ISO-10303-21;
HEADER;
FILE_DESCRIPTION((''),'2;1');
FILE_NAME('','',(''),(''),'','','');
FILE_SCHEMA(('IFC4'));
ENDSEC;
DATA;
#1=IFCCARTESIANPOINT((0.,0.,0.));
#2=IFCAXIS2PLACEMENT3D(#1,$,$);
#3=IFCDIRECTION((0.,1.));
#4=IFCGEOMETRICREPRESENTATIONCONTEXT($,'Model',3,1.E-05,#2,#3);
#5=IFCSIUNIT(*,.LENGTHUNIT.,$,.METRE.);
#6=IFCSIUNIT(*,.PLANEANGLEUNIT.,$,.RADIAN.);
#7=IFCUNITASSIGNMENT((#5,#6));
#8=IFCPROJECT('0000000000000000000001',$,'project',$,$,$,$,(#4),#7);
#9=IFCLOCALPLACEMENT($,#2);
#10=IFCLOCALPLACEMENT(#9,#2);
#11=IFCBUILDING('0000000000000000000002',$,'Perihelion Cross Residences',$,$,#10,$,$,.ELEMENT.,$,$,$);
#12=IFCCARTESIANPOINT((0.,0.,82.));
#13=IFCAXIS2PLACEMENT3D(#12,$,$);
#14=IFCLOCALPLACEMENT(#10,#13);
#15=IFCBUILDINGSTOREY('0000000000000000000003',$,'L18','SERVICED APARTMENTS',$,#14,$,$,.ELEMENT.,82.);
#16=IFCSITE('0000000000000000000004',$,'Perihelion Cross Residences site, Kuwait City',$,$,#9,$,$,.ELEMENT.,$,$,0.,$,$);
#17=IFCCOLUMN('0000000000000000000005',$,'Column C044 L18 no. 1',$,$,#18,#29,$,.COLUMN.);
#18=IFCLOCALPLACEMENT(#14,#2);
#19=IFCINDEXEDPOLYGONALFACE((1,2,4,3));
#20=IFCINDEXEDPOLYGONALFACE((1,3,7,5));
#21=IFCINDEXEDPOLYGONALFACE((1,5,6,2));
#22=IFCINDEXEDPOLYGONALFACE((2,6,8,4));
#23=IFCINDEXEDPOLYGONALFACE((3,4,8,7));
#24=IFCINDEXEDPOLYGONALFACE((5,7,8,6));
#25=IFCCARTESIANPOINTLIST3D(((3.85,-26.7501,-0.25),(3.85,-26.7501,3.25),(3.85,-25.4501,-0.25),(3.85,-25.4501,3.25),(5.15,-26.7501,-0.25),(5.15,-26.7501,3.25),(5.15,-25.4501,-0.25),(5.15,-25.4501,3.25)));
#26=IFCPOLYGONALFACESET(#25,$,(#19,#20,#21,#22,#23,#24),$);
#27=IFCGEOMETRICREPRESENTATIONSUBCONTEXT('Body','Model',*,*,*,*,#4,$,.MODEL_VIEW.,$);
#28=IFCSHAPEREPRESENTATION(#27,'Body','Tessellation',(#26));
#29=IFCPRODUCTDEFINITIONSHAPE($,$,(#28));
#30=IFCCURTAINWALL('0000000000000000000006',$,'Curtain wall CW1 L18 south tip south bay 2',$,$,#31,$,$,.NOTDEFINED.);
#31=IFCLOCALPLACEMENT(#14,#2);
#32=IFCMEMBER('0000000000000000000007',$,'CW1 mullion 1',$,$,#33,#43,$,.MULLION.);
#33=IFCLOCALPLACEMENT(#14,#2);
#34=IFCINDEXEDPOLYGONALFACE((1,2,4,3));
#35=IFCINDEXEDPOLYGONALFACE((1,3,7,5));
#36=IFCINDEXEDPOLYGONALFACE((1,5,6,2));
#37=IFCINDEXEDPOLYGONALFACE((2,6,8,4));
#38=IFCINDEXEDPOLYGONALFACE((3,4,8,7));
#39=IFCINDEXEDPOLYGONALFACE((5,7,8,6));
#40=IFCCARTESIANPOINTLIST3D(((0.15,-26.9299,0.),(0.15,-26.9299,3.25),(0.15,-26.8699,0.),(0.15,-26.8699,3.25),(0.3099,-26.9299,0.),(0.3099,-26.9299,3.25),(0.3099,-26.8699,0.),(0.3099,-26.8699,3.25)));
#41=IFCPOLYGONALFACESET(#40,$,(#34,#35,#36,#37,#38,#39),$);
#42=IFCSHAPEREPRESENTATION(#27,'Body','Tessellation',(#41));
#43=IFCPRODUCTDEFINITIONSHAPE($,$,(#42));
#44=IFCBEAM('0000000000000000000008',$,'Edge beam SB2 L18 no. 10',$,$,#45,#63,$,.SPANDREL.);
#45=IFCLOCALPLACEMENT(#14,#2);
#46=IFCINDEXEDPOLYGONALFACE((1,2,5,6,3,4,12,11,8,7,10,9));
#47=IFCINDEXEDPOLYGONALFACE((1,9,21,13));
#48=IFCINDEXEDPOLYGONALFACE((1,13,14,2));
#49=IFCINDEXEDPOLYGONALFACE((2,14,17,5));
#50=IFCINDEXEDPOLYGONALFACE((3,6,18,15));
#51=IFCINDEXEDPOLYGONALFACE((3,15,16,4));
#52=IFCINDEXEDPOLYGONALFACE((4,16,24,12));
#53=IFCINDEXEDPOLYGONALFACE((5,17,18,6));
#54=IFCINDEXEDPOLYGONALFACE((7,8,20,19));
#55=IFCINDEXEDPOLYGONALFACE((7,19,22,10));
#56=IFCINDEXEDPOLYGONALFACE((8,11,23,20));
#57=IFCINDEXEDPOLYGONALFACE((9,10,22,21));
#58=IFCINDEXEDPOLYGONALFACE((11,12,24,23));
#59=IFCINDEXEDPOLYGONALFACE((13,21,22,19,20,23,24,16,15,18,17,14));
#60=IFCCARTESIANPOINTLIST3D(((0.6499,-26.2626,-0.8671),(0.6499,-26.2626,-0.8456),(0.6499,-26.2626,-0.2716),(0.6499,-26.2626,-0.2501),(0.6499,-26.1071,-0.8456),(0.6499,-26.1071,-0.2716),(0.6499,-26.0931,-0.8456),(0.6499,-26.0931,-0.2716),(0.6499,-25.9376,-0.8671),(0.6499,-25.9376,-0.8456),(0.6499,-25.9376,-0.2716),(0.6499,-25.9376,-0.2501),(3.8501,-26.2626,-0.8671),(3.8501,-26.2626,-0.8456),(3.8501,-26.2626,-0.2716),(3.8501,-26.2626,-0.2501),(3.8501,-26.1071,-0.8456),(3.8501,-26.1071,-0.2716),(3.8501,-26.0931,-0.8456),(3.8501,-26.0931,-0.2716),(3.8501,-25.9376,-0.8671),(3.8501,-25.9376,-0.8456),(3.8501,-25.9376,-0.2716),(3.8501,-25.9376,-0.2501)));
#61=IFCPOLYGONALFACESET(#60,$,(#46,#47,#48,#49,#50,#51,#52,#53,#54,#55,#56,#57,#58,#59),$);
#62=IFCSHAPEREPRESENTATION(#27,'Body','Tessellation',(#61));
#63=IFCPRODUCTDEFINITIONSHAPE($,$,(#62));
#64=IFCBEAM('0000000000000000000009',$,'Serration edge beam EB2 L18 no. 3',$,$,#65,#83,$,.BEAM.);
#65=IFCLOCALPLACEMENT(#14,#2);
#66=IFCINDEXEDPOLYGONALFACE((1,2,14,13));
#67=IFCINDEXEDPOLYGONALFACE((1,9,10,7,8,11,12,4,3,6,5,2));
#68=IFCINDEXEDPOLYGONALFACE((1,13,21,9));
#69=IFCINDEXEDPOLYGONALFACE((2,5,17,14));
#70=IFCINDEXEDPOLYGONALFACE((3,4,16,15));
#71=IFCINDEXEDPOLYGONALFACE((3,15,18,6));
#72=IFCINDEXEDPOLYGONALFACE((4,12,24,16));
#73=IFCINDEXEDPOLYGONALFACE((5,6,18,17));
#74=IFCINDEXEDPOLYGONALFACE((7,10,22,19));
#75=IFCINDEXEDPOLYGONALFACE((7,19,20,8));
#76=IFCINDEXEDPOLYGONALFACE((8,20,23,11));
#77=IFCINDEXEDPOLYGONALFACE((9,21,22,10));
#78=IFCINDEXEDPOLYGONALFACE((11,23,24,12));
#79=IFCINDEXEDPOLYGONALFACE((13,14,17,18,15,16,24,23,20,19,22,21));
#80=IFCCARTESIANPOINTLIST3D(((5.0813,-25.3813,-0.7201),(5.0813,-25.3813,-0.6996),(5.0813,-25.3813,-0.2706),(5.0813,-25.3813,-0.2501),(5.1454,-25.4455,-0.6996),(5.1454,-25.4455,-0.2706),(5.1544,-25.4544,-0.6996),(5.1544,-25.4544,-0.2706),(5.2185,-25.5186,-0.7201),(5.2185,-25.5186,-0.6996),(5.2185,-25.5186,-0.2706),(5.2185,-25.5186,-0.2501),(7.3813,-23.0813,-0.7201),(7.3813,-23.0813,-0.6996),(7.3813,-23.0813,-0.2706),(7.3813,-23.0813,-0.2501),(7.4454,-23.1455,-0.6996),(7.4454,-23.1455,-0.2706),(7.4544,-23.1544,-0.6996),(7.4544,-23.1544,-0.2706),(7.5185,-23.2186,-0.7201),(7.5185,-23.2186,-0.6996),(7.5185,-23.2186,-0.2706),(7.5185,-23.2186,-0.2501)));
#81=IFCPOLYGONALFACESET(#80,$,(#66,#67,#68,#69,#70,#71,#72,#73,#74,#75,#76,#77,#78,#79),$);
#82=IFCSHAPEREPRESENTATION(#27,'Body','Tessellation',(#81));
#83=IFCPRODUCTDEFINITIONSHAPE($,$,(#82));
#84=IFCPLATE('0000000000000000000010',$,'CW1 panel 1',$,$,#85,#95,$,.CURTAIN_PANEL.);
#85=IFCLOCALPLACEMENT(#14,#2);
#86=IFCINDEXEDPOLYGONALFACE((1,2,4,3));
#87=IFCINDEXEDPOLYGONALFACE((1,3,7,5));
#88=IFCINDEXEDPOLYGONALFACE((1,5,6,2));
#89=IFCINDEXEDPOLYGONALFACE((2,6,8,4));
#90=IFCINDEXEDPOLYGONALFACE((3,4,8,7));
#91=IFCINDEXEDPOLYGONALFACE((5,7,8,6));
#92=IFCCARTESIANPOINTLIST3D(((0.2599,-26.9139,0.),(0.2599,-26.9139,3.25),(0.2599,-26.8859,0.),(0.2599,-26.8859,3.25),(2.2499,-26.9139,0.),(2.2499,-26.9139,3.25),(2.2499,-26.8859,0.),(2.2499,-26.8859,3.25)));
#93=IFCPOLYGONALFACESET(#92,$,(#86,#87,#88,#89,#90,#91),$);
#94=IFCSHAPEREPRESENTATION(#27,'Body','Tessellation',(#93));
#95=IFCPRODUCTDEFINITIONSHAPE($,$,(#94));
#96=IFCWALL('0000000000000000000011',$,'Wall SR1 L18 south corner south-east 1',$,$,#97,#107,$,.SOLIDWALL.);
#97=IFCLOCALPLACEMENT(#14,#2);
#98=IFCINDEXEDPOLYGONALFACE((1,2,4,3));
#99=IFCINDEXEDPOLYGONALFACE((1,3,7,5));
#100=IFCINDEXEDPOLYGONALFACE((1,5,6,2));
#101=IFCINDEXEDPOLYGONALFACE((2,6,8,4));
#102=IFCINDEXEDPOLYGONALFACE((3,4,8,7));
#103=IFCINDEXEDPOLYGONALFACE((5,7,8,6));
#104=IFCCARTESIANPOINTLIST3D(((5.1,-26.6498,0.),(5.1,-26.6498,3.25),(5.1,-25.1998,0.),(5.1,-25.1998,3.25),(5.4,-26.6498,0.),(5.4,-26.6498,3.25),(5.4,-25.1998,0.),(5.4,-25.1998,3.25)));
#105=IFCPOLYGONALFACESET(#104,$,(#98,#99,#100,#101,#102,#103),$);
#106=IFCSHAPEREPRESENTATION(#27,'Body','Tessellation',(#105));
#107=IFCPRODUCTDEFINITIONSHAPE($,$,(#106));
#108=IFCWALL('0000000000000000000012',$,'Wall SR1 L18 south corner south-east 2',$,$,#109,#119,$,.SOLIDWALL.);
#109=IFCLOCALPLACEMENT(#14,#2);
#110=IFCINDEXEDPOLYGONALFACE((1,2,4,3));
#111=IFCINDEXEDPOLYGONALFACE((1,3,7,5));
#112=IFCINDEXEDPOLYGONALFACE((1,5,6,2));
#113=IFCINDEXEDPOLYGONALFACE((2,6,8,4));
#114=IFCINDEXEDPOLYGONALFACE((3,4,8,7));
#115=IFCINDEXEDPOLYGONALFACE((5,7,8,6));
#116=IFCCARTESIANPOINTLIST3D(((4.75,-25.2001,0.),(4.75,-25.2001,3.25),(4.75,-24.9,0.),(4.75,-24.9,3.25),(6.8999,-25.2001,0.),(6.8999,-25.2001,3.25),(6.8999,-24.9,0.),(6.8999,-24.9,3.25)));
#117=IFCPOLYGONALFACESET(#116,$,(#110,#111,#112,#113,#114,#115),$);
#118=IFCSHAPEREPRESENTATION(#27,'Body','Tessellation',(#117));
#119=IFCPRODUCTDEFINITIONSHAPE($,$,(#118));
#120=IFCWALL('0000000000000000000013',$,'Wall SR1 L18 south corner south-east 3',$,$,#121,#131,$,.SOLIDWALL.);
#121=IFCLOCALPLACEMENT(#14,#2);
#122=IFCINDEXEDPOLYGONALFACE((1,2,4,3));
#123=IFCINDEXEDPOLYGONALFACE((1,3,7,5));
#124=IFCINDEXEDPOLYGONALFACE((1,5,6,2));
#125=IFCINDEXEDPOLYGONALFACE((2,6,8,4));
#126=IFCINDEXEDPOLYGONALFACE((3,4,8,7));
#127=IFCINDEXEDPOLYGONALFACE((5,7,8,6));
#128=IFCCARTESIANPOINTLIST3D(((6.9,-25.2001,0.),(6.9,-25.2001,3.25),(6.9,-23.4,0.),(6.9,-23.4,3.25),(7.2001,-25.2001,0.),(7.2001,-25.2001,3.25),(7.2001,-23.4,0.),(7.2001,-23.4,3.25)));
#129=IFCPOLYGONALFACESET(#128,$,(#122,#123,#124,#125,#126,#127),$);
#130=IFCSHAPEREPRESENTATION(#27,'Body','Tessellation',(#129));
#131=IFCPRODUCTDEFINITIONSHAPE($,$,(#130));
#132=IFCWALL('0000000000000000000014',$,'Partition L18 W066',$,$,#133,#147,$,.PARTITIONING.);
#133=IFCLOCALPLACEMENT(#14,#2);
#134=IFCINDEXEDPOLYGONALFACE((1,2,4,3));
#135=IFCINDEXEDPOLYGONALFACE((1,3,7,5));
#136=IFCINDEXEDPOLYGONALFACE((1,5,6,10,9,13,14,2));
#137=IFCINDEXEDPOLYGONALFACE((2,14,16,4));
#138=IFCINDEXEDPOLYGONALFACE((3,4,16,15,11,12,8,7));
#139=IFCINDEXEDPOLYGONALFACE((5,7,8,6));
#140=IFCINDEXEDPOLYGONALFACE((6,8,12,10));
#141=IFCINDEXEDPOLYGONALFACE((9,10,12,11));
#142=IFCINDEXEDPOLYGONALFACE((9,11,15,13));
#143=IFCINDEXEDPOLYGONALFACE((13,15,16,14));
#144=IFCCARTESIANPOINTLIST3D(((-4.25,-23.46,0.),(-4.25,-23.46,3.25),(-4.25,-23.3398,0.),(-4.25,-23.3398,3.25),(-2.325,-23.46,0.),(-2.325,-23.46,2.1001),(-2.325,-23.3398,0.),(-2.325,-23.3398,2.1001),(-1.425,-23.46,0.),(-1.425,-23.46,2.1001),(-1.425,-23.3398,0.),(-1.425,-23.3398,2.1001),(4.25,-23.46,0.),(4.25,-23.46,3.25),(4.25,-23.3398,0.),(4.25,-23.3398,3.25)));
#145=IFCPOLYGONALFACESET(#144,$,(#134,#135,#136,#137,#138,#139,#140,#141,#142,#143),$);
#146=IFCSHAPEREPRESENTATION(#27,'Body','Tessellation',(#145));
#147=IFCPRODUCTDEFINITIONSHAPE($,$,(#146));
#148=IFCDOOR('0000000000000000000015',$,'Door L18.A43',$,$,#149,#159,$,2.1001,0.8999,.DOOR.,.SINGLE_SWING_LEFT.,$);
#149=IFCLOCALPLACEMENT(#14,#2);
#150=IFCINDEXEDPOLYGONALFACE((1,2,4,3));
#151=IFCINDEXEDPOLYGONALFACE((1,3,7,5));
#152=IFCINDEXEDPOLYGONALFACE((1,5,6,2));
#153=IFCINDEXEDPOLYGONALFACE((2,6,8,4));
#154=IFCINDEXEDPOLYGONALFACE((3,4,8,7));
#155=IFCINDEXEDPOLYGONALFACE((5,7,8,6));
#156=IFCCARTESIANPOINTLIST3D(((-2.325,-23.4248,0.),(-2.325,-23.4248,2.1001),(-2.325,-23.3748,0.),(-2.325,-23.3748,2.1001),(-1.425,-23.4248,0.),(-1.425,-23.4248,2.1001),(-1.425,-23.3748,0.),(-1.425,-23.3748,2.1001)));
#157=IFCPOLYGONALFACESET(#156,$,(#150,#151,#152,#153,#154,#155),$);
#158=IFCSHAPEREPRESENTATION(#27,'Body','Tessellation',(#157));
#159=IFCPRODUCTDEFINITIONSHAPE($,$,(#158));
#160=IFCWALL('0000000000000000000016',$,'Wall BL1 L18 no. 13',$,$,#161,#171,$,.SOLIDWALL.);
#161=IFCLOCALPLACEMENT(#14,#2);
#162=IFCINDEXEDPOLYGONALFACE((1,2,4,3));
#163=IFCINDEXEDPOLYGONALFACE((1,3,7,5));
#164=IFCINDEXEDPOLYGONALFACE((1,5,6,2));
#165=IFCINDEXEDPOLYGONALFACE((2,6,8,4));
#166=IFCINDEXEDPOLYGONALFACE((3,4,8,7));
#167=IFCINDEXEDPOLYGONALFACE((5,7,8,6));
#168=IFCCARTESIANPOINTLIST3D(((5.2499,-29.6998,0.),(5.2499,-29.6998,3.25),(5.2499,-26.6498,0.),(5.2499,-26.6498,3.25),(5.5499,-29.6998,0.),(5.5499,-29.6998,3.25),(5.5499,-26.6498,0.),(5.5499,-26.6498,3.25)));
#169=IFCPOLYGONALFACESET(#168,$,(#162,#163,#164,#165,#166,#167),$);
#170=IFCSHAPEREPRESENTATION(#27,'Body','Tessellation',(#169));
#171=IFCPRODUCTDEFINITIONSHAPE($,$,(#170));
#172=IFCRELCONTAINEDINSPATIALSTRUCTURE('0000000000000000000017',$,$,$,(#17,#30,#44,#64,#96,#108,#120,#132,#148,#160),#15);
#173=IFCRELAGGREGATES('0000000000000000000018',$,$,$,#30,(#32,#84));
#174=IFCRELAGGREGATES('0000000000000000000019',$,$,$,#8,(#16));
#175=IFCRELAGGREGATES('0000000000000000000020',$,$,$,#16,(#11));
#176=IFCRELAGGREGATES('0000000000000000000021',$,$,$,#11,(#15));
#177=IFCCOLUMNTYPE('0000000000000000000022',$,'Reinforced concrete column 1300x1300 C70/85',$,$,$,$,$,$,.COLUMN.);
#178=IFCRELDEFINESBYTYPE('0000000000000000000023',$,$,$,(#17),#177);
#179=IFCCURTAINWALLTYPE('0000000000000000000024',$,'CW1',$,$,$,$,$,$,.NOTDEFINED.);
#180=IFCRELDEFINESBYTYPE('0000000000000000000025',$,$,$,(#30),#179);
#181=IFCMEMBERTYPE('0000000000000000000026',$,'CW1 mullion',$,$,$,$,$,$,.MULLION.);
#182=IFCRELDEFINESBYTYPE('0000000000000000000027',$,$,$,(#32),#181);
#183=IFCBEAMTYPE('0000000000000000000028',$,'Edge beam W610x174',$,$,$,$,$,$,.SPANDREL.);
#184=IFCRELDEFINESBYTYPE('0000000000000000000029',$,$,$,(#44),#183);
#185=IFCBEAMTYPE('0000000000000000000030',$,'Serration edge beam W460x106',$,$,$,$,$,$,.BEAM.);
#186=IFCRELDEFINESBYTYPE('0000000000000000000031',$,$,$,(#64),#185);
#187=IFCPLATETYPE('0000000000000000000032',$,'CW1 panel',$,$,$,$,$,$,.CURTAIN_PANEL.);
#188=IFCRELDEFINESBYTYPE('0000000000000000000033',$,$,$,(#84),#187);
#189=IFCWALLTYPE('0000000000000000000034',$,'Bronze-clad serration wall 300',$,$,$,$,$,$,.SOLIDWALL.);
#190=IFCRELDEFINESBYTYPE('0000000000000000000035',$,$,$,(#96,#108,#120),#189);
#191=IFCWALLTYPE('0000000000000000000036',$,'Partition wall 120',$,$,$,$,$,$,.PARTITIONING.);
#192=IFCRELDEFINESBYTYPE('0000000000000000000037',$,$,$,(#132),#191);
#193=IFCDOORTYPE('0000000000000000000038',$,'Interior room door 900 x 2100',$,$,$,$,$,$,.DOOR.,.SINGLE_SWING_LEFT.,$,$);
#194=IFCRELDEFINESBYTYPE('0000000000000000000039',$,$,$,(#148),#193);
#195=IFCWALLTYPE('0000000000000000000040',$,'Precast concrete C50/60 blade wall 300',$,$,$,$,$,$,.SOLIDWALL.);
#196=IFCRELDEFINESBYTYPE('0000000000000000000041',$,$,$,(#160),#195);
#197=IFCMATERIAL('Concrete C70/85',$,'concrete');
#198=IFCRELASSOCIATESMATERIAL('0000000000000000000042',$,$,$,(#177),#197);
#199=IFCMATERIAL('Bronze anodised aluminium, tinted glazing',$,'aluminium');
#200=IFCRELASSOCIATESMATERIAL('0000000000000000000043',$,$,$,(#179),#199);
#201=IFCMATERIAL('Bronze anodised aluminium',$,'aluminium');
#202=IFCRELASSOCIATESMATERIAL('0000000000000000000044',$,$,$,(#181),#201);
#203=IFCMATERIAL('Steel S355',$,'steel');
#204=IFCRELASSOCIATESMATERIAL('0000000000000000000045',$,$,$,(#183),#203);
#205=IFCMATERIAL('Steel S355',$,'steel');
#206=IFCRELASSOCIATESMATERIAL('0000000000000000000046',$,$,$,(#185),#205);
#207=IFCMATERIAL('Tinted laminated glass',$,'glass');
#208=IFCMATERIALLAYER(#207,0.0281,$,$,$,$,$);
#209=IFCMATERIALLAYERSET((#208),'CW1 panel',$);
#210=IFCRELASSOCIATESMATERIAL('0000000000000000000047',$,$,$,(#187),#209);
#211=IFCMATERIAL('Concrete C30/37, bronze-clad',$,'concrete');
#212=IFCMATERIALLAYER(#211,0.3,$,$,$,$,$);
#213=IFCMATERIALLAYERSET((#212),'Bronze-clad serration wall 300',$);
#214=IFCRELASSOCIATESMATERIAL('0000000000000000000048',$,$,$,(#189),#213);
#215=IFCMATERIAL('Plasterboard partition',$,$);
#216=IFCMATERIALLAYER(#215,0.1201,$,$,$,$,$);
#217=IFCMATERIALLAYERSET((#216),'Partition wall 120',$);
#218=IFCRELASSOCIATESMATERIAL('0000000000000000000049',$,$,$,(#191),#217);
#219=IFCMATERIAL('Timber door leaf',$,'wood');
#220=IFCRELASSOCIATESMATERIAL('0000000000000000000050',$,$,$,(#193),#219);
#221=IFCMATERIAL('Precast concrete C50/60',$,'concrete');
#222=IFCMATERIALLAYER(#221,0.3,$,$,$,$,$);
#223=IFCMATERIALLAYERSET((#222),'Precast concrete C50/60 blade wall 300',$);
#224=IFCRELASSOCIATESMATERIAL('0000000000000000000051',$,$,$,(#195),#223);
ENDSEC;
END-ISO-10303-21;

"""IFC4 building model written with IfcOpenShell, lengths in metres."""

from ifc_helpers import new_model, si_unit, direction, frame, frame_2d, origin, origin_2d, place, context, subcontext, project, spatial, rectangle, i_section, extrude, material, layer, layer_set, material_profile, profile_set, type_object, element, fill, aggregate, save


model = new_model("IFC4")

# Units and contexts
model_context = context("Model", 3, precision=1e-05, world=origin(), true_north=direction((0.0, 1.0)))
body_context = subcontext(model_context, "Body", "Model", "MODEL_VIEW")
ifc_project = project(units=[si_unit("LENGTHUNIT", "METRE"), si_unit("PLANEANGLEUNIT", "RADIAN")], contexts=[model_context])

# Site, building, storey
site_placement = place(None, origin())
site = spatial("IfcSite", under=ifc_project, at=site_placement, Name="Perihelion Cross Residences site, Kuwait City", CompositionType="ELEMENT", RefElevation=0.0)
building_placement = place(site_placement, origin())
building = spatial("IfcBuilding", under=site, at=building_placement, Name="Perihelion Cross Residences", CompositionType="ELEMENT")
storey_placement = place(building_placement, frame((0.0, 0.0, 82.0)))
storey = spatial("IfcBuildingStorey", under=building, at=storey_placement, Name="L18", Description="SERVICED APARTMENTS", CompositionType="ELEMENT", Elevation=82.0)

# Column
ifc_material_1 = material(Name="Concrete C70/85", Category="concrete")
ifc_material_profile_1 = material_profile(ifc_material_1, rectangle(XDim=1.3, YDim=1.3, at=origin_2d()), Name="RC 1300x1300")
ifc_profile_set_1 = profile_set([ifc_material_profile_1], Name="Concrete C70/85")
column_type = type_object("IfcColumnType", Name="Reinforced concrete column 1300x1300 C70/85", PredefinedType="COLUMN", material=ifc_profile_set_1)
column_placement = place(storey_placement, frame((4.5, -26.1001, -0.25), z_axis=(0.0, 0.0, 1.0), x_axis=(1.0, 0.0, 0.0)))
element("IfcColumn", 1, at=column_placement, inside=storey, type_object=column_type, Name="Column C044 L18 no. 1", PredefinedType="COLUMN", context=body_context, shape_type="SweptSolid", body=[
    extrude(rectangle(XDim=1.3, YDim=1.3, at=origin_2d()), origin(), (0.0, 0.0, 1.0), 3.5),
])

# Curtain wall, member
ifc_material_2 = material(Name="Bronze anodised aluminium, tinted glazing", Category="aluminium")
curtain_wall_type = type_object("IfcCurtainWallType", Name="CW1", PredefinedType="NOTDEFINED", material=ifc_material_2)
curtain_wall_placement = place(storey_placement, origin())
curtain_wall = element("IfcCurtainWall", 2, at=curtain_wall_placement, inside=storey, type_object=curtain_wall_type, Name="Curtain wall CW1 L18 south tip south bay 2", PredefinedType="NOTDEFINED")
ifc_material_3 = material(Name="Bronze anodised aluminium", Category="aluminium")
ifc_material_profile_2 = material_profile(ifc_material_3, rectangle(XDim=0.0601, YDim=0.1599, at=origin_2d()), Name="CW1 mullion")
ifc_profile_set_2 = profile_set([ifc_material_profile_2], Name="Bronze anodised aluminium")
member_type = type_object("IfcMemberType", Name="CW1 mullion", PredefinedType="MULLION", material=ifc_profile_set_2)
member_placement = place(storey_placement, frame((0.23, -26.8999, 0.0), z_axis=(0.0, 0.0, 1.0), x_axis=(0.0, 1.0, 0.0)))
member = element("IfcMember", 3, at=member_placement, type_object=member_type, Name="CW1 mullion 1", PredefinedType="MULLION", context=body_context, shape_type="SweptSolid", body=[
    extrude(rectangle(XDim=0.0601, YDim=0.1599, at=origin_2d()), origin(), (0.0, 0.0, 1.0), 3.25),
])

# Beams
ifc_material_4 = material(Name="Steel S355", Category="steel")
ifc_material_profile_3 = material_profile(ifc_material_4, i_section(OverallWidth=0.325, OverallDepth=0.6169, WebThickness=0.0139, FlangeThickness=0.0215, at=origin_2d()), Name="W610x174")
ifc_profile_set_3 = profile_set([ifc_material_profile_3], Name="Steel S355")
beam_type_1 = type_object("IfcBeamType", Name="Edge beam W610x174", PredefinedType="SPANDREL", material=ifc_profile_set_3)
beam_1_placement = place(storey_placement, frame((0.6499, -26.1001, -0.5586), z_axis=(1.0, 0.0, 0.0), x_axis=(0.0, 1.0, 0.0)))
element("IfcBeam", 4, at=beam_1_placement, inside=storey, type_object=beam_type_1, Name="Edge beam SB2 L18 no. 10", PredefinedType="SPANDREL", context=body_context, shape_type="SweptSolid", body=[
    extrude(i_section(OverallWidth=0.325, OverallDepth=0.6169, WebThickness=0.0139, FlangeThickness=0.0215, at=origin_2d()), origin(), (0.0, 0.0, 1.0), 3.2002),
])
ifc_material_5 = material(Name="Steel S355", Category="steel")
ifc_material_profile_4 = material_profile(ifc_material_5, i_section(OverallWidth=0.1941, OverallDepth=0.47, WebThickness=0.0127, FlangeThickness=0.0205, at=origin_2d()), Name="W460x106")
ifc_profile_set_4 = profile_set([ifc_material_profile_4], Name="Steel S355")
beam_type_2 = type_object("IfcBeamType", Name="Serration edge beam W460x106", PredefinedType="BEAM", material=ifc_profile_set_4)
beam_2_placement = place(storey_placement, frame((5.1499, -25.45, -0.4851), z_axis=(0.707107, 0.707107, 0.0), x_axis=(-0.707107, 0.707107, 0.0)))
element("IfcBeam", 5, at=beam_2_placement, inside=storey, type_object=beam_type_2, Name="Serration edge beam EB2 L18 no. 3", PredefinedType="BEAM", context=body_context, shape_type="SweptSolid", body=[
    extrude(i_section(OverallWidth=0.1941, OverallDepth=0.47, WebThickness=0.0127, FlangeThickness=0.0205, at=origin_2d()), origin(), (0.0, 0.0, 1.0), 3.2527),
])

# Plate
ifc_material_6 = material(Name="Tinted laminated glass", Category="glass")
ifc_layer_1 = layer(ifc_material_6, 0.0281)
ifc_layer_set_1 = layer_set([ifc_layer_1], Name="CW1 panel")
plate_type = type_object("IfcPlateType", Name="CW1 panel", PredefinedType="CURTAIN_PANEL", material=ifc_layer_set_1)
plate_placement = place(storey_placement, frame((1.2549, -26.8999, 0.0), z_axis=(0.0, 0.0, 1.0), x_axis=(1.0, 0.0, 0.0)))
plate = element("IfcPlate", 6, at=plate_placement, type_object=plate_type, Name="CW1 panel 1", PredefinedType="CURTAIN_PANEL", context=body_context, shape_type="SweptSolid", body=[
    extrude(rectangle(XDim=1.99, YDim=0.0281, at=origin_2d()), origin(), (0.0, 0.0, 1.0), 3.25),
])
aggregate(curtain_wall, [member, plate])

# Walls
ifc_material_7 = material(Name="Concrete C30/37, bronze-clad", Category="concrete")
ifc_layer_2 = layer(ifc_material_7, 0.3)
ifc_layer_set_2 = layer_set([ifc_layer_2], Name="Bronze-clad serration wall 300")
wall_type_1 = type_object("IfcWallType", Name="Bronze-clad serration wall 300", PredefinedType="SOLIDWALL", material=ifc_layer_set_2)
wall_1_placement = place(storey_placement, frame((5.25, -26.6499, 0.0), z_axis=(0.0, 0.0, 1.0), x_axis=(0.0, 1.0, 0.0)))
element("IfcWall", 7, at=wall_1_placement, inside=storey, type_object=wall_type_1, Name="Wall SR1 L18 south corner south-east 1", PredefinedType="SOLIDWALL", context=body_context, shape_type="SweptSolid", body=[
    extrude(rectangle(XDim=1.45, YDim=0.3, at=frame_2d((0.7251, 0.0))), origin(), (0.0, 0.0, 1.0), 3.25),
])
wall_2_placement = place(storey_placement, frame((4.75, -25.05, 0.0), z_axis=(0.0, 0.0, 1.0), x_axis=(1.0, 0.0, 0.0)))
element("IfcWall", 8, at=wall_2_placement, inside=storey, type_object=wall_type_1, Name="Wall SR1 L18 south corner south-east 2", PredefinedType="SOLIDWALL", context=body_context, shape_type="SweptSolid", body=[
    extrude(rectangle(XDim=2.1499, YDim=0.3, at=frame_2d((1.075, 0.0))), origin(), (0.0, 0.0, 1.0), 3.25),
])
wall_3_placement = place(storey_placement, frame((7.05, -25.2, 0.0), z_axis=(0.0, 0.0, 1.0), x_axis=(0.0, 1.0, 0.0)))
element("IfcWall", 9, at=wall_3_placement, inside=storey, type_object=wall_type_1, Name="Wall SR1 L18 south corner south-east 3", PredefinedType="SOLIDWALL", context=body_context, shape_type="SweptSolid", body=[
    extrude(rectangle(XDim=1.8, YDim=0.3, at=frame_2d((0.8999, 0.0))), origin(), (0.0, 0.0, 1.0), 3.25),
])

# Wall, opening, door
ifc_material_8 = material(Name="Plasterboard partition")
ifc_layer_3 = layer(ifc_material_8, 0.1201)
ifc_layer_set_3 = layer_set([ifc_layer_3], Name="Partition wall 120")
wall_type_2 = type_object("IfcWallType", Name="Partition wall 120", PredefinedType="PARTITIONING", material=ifc_layer_set_3)
wall_4_placement = place(storey_placement, frame((4.25, -23.3999, 0.0), z_axis=(0.0, 0.0, 1.0), x_axis=(-1.0, 0.0, 0.0)))
wall_4 = element("IfcWall", 10, at=wall_4_placement, inside=storey, type_object=wall_type_2, Name="Partition L18 W066", PredefinedType="PARTITIONING", context=body_context, shape_type="SweptSolid", body=[
    extrude(rectangle(XDim=8.5, YDim=0.1201, at=frame_2d((4.25, 0.0))), origin(), (0.0, 0.0, 1.0), 3.25),
])
opening_1_placement = place(wall_4_placement, frame((5.675, 0.0, 0.0)))
opening_1 = element("IfcOpeningElement", 11, at=opening_1_placement, cuts=wall_4, PredefinedType="OPENING", context=body_context, shape_type="SweptSolid", body=[
    extrude(rectangle(XDim=0.8999, YDim=2.1001, at=frame_2d((0.45, 1.05))), frame((0.0, 0.0701, 0.0), z_axis=(0.0, -1.0, 0.0), x_axis=(1.0, 0.0, 0.0)), (0.0, 0.0, 1.0), 0.1401),
])
ifc_material_9 = material(Name="Timber door leaf", Category="wood")
door_type_1 = type_object("IfcDoorType", Name="Interior room door 900 x 2100", OperationType="SINGLE_SWING_LEFT", PredefinedType="DOOR", material=ifc_material_9)
door_1_placement = place(opening_1_placement, origin())
door_1 = element("IfcDoor", 12, at=door_1_placement, inside=storey, type_object=door_type_1, Name="Door L18.A43", OperationType="SINGLE_SWING_LEFT", OverallHeight=2.1001, OverallWidth=0.8999, PredefinedType="DOOR", context=body_context, shape_type="SweptSolid", body=[
    extrude(rectangle(XDim=0.8999, YDim=2.1001, at=frame_2d((0.45, 1.05))), frame((0.0, 0.0249, 0.0), z_axis=(0.0, -1.0, 0.0), x_axis=(1.0, 0.0, 0.0)), (0.0, 0.0, 1.0), 0.05),
])
fill(opening_1, door_1)

# Wall
ifc_material_10 = material(Name="Precast concrete C50/60", Category="concrete")
ifc_layer_4 = layer(ifc_material_10, 0.3)
ifc_layer_set_4 = layer_set([ifc_layer_4], Name="Precast concrete C50/60 blade wall 300")
wall_type_3 = type_object("IfcWallType", Name="Precast concrete C50/60 blade wall 300", PredefinedType="SOLIDWALL", material=ifc_layer_set_4)
wall_5_placement = place(storey_placement, frame((5.3999, -26.6499, 0.0), z_axis=(0.0, 0.0, 1.0), x_axis=(0.0, -1.0, 0.0)))
element("IfcWall", 13, at=wall_5_placement, inside=storey, type_object=wall_type_3, Name="Wall BL1 L18 no. 13", PredefinedType="SOLIDWALL", context=body_context, shape_type="SweptSolid", body=[
    extrude(rectangle(XDim=3.05, YDim=0.3, at=frame_2d((1.5249, 0.0))), origin(), (0.0, 0.0, 1.0), 3.25),
])

save(model, "model.ifc")
